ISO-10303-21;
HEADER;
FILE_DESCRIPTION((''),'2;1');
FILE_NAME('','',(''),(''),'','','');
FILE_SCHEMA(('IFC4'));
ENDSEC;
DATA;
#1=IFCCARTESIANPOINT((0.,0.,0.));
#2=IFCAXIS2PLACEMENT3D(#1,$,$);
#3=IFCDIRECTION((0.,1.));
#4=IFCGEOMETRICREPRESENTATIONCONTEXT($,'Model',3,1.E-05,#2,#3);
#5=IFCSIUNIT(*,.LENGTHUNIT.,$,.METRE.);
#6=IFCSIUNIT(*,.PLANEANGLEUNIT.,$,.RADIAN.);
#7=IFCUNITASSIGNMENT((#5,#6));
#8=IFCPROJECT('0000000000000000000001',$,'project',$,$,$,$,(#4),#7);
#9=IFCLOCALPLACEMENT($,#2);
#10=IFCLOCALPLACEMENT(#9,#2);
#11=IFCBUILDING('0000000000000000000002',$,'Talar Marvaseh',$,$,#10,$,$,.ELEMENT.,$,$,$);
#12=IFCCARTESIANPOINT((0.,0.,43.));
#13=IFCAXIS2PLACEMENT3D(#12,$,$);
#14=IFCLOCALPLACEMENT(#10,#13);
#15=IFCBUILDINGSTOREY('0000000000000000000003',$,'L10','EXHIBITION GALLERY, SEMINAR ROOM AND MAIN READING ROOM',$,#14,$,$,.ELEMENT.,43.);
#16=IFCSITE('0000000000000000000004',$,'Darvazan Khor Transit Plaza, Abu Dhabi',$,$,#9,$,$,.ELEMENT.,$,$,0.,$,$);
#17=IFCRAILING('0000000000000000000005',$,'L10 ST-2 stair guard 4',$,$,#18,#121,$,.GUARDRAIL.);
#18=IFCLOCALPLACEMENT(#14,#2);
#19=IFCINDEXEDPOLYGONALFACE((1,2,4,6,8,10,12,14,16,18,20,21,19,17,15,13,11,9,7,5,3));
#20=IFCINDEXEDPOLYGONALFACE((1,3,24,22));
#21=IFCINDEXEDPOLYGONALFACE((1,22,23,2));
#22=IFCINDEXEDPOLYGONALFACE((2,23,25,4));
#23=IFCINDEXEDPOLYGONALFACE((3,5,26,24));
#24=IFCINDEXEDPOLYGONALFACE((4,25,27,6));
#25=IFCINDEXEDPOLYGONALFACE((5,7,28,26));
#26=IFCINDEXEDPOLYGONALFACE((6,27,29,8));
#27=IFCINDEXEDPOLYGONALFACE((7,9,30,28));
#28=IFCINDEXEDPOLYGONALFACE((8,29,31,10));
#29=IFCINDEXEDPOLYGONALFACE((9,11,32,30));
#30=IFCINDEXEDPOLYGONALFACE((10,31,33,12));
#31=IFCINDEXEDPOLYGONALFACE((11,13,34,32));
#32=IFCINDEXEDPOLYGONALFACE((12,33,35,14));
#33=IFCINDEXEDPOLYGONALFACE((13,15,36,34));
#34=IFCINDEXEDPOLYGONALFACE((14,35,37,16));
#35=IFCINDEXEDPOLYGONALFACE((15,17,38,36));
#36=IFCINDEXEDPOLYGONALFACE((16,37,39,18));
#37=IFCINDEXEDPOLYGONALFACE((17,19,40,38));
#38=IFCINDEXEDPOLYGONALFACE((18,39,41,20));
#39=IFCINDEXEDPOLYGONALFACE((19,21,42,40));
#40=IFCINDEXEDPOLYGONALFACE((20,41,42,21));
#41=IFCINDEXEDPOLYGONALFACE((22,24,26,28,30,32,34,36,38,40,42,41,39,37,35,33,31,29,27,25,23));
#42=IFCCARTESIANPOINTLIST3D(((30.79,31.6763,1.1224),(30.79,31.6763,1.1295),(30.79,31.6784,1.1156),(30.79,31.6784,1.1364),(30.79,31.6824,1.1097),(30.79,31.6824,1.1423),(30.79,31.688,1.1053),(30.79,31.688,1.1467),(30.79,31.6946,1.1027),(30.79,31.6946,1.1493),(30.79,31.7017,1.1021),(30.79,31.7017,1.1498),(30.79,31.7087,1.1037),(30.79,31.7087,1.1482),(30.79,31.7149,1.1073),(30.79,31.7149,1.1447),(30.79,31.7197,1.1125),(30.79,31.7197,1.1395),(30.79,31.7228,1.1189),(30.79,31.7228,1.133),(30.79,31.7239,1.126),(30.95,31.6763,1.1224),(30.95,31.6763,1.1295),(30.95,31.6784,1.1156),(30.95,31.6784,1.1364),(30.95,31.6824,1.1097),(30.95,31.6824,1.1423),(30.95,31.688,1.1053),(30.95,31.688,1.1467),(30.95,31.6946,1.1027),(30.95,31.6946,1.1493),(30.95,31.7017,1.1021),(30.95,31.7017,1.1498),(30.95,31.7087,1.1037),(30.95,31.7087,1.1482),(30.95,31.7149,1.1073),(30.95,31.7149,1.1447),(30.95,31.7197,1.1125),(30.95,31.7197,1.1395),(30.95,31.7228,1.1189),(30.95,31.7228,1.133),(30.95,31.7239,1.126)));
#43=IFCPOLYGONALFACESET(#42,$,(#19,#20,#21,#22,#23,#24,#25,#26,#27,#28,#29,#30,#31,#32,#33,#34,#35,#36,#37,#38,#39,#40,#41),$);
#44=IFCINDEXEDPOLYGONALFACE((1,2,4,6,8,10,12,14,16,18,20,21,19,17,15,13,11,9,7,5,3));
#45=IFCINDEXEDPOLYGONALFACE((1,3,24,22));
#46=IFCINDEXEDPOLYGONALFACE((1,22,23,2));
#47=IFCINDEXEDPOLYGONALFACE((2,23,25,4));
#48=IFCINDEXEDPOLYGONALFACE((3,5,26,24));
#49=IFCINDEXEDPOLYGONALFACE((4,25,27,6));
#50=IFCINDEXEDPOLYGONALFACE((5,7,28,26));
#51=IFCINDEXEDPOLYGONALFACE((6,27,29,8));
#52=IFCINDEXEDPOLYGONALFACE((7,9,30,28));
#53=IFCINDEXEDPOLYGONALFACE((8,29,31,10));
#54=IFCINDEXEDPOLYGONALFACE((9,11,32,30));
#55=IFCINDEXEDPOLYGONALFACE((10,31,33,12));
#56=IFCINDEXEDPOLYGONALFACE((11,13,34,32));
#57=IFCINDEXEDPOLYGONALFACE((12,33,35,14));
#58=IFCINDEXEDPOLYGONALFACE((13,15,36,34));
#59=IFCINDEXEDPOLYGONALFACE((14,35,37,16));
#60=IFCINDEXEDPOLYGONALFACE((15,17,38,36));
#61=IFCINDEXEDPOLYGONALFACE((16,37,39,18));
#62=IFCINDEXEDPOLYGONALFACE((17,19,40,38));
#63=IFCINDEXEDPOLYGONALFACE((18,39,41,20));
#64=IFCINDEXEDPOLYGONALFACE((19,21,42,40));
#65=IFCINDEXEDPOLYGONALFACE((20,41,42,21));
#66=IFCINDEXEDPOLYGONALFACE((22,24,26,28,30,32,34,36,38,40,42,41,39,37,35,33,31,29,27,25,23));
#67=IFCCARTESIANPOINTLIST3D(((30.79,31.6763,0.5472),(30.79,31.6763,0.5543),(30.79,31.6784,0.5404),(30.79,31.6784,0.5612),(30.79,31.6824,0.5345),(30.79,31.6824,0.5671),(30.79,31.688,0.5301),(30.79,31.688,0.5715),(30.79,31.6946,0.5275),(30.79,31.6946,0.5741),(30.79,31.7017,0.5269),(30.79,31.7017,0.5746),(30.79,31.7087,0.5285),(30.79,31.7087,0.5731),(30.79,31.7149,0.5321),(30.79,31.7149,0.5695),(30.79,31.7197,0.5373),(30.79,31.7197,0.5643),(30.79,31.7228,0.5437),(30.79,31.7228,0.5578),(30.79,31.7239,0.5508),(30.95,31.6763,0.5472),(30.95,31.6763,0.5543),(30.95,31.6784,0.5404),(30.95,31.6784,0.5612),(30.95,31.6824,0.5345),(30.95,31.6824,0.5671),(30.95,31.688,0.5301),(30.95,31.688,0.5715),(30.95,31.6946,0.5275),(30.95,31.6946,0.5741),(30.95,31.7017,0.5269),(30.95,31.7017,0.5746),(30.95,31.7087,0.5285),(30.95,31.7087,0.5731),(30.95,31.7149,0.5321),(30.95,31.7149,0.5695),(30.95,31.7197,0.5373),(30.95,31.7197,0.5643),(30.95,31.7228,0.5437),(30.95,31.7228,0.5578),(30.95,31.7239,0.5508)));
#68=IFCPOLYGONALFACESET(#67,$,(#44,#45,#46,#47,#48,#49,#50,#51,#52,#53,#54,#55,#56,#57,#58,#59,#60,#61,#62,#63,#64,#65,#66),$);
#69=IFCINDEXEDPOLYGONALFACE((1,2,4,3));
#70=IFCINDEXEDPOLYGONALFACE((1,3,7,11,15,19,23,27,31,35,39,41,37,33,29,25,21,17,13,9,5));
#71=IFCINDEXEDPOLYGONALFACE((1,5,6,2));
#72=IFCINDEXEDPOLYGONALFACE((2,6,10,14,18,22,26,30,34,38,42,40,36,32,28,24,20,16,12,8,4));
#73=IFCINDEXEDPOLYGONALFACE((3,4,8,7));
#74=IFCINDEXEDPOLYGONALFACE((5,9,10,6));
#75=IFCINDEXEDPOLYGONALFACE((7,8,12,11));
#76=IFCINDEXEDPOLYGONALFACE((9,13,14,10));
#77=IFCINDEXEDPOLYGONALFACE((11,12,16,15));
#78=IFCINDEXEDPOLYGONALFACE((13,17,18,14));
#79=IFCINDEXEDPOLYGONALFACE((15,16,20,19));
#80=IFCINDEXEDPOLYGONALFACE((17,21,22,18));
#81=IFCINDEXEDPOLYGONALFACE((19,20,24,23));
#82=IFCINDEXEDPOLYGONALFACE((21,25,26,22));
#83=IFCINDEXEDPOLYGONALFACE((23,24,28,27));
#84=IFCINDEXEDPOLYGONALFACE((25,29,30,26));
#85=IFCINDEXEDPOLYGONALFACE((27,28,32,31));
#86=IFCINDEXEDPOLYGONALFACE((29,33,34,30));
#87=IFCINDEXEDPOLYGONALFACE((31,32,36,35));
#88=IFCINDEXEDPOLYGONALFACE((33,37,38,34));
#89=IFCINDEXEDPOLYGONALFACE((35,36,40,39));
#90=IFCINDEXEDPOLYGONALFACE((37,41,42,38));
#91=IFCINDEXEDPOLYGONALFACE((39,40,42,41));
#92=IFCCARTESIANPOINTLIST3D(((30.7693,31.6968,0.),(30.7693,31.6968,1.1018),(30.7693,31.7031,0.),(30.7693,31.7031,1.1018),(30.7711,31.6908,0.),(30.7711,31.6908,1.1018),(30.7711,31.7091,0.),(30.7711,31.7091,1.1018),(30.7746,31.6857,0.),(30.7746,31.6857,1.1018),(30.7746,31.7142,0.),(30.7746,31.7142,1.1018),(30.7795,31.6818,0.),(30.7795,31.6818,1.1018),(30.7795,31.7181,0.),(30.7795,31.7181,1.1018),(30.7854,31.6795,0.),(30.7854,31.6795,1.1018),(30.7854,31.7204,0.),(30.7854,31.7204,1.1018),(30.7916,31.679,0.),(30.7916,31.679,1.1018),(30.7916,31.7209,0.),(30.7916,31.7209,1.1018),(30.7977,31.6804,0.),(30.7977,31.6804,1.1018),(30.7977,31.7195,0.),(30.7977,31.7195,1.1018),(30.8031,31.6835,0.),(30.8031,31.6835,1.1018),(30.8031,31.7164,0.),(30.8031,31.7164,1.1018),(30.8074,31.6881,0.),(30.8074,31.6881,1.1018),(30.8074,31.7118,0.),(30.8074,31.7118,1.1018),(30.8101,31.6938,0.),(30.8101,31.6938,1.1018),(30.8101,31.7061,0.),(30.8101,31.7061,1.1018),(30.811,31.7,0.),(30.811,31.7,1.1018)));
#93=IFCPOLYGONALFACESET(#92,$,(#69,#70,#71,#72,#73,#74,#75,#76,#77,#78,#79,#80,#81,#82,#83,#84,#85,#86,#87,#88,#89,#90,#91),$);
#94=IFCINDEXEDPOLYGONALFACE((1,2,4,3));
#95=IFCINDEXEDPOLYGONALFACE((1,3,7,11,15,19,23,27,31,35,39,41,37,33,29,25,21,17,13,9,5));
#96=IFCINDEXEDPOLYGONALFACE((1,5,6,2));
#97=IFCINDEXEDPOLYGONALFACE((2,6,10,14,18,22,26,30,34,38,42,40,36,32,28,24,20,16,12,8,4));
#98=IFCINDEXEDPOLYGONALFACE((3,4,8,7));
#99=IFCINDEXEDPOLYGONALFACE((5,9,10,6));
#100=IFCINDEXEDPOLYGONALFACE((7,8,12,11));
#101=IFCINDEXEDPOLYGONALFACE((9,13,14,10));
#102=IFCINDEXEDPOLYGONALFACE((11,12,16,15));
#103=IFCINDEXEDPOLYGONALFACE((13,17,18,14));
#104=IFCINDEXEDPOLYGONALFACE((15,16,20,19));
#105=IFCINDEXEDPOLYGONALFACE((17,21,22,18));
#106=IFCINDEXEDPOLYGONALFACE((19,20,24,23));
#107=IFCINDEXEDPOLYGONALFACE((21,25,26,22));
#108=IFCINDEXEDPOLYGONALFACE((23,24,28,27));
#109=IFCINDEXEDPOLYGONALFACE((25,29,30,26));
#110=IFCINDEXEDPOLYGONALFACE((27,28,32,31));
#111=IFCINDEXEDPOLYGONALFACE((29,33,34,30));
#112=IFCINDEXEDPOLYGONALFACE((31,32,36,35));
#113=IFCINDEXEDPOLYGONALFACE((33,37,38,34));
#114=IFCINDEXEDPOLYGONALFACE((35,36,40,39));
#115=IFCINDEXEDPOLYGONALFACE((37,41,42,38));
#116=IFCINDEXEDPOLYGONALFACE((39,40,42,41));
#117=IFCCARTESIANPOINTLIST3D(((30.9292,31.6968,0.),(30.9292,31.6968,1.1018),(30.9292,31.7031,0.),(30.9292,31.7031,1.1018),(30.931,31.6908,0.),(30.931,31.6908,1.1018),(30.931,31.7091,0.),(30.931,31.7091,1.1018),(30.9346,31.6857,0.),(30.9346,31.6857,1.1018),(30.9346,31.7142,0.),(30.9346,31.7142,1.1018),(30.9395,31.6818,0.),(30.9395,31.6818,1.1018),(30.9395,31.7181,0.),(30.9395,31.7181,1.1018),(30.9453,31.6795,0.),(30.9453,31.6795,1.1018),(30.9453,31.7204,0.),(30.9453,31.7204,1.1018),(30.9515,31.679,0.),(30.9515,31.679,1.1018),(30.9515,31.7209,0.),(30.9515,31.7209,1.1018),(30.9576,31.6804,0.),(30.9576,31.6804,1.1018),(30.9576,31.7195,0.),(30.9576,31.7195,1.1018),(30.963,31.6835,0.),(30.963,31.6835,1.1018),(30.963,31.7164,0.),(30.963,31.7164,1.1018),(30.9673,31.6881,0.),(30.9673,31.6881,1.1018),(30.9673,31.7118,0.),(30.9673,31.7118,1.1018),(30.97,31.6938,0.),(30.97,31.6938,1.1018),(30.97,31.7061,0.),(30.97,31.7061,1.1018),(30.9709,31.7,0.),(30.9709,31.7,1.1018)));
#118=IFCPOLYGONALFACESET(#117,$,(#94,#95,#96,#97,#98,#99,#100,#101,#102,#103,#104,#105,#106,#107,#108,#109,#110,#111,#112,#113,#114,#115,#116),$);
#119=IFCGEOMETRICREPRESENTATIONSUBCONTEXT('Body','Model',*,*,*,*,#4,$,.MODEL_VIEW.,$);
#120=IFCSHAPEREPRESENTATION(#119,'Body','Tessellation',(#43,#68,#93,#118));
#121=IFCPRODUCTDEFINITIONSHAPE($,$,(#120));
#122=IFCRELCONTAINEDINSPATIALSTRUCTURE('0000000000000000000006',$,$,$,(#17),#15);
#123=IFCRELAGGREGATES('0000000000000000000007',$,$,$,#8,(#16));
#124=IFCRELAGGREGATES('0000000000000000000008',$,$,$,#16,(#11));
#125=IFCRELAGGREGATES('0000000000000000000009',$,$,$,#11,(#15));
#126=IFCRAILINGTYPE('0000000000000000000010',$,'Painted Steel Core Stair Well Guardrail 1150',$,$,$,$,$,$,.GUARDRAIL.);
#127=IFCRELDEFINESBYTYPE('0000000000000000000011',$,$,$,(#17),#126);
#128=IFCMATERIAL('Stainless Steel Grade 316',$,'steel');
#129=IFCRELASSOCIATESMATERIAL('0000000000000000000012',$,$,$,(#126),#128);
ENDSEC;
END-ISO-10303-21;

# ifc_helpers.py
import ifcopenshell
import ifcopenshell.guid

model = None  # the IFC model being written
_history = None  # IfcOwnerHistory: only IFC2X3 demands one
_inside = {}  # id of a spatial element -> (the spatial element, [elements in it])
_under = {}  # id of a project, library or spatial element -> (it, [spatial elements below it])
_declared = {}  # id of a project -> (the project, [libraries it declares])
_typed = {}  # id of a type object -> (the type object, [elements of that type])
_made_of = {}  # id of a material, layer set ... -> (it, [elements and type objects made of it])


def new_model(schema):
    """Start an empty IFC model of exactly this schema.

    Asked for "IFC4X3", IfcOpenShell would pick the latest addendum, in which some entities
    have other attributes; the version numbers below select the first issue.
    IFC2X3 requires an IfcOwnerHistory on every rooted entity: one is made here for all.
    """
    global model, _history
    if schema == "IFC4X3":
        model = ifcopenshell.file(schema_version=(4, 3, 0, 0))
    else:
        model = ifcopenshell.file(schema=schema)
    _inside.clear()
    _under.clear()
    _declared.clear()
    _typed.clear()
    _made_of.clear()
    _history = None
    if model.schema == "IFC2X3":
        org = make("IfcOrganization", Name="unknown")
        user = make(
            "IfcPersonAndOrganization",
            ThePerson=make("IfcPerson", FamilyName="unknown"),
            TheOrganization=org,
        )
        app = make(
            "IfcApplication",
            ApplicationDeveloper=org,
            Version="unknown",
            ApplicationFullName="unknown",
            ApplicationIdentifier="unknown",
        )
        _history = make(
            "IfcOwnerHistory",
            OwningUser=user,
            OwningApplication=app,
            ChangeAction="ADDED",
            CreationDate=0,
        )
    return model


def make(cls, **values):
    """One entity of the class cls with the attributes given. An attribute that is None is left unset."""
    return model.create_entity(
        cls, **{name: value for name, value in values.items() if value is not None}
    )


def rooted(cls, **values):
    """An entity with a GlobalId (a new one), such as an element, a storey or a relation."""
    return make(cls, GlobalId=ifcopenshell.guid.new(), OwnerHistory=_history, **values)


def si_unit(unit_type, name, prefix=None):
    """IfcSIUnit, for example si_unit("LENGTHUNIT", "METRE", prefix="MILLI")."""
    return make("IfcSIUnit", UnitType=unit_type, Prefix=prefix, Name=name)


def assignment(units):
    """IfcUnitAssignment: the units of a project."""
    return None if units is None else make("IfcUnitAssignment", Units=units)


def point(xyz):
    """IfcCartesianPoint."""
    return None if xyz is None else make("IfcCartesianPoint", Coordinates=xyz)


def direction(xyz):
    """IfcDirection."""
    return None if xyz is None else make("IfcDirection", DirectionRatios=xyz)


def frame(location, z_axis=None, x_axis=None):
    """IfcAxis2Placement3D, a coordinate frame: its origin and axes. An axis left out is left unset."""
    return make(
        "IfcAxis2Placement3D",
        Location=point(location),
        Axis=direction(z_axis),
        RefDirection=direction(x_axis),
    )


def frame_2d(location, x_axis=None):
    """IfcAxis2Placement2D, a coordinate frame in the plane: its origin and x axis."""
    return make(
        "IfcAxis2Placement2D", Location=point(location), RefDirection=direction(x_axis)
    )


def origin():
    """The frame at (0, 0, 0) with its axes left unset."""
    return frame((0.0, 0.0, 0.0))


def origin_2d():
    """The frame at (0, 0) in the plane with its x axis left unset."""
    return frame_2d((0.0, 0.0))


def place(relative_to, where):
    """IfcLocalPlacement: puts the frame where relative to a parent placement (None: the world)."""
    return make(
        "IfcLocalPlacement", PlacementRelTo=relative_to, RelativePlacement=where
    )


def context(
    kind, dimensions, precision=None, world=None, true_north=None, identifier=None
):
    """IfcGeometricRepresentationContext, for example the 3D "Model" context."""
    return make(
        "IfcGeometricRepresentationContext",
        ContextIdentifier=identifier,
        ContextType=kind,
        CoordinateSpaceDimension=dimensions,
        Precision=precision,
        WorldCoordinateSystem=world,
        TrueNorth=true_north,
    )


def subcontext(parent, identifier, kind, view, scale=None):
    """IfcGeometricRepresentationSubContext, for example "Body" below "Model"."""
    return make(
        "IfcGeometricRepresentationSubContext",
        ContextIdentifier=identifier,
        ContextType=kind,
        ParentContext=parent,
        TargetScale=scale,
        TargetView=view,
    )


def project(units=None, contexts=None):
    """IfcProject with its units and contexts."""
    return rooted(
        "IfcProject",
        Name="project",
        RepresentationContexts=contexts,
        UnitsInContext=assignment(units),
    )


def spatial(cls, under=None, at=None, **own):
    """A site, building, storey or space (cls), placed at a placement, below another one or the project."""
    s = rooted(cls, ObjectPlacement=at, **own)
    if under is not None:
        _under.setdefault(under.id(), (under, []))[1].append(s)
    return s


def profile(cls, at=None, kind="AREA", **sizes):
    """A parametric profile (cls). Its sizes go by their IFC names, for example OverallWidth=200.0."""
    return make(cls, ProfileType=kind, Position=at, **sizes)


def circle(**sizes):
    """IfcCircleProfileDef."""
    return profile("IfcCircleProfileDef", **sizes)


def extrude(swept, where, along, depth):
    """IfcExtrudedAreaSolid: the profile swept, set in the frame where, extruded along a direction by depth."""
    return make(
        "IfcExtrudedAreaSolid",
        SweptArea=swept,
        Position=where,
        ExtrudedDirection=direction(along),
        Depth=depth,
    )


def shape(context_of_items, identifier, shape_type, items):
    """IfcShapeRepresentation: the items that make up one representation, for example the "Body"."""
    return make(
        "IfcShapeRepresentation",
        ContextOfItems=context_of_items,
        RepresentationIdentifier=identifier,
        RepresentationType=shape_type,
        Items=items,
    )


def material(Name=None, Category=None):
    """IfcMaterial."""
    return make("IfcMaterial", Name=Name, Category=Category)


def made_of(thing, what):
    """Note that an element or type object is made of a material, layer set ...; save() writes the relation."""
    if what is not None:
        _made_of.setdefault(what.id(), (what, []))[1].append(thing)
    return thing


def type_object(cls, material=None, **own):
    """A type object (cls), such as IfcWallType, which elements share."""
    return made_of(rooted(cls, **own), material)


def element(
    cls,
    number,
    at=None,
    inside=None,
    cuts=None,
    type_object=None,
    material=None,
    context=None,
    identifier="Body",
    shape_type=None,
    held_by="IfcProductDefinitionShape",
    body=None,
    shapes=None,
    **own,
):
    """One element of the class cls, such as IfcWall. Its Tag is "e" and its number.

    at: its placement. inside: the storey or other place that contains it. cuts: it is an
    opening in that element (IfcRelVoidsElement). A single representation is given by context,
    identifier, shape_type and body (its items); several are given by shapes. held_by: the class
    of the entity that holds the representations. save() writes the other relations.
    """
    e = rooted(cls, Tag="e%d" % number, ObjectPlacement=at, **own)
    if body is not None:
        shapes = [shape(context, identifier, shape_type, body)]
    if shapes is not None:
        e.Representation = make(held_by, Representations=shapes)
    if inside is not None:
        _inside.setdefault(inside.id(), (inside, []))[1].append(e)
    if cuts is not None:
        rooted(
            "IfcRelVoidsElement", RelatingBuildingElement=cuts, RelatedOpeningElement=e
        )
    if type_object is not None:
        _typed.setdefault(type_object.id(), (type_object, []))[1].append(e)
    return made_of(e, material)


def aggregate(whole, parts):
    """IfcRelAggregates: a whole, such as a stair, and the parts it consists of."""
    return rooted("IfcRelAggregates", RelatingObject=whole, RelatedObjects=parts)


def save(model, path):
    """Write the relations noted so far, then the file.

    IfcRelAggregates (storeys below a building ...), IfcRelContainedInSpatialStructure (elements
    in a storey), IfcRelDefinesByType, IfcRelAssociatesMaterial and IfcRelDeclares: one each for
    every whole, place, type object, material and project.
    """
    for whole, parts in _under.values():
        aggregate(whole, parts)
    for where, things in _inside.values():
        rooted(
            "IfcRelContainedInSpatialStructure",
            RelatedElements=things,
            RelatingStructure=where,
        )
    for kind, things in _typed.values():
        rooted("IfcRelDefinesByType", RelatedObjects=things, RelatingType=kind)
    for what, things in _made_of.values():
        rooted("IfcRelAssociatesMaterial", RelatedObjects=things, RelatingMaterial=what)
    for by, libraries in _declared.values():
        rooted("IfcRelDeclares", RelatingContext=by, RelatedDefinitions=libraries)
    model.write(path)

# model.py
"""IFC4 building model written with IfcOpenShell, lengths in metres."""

from ifc_helpers import new_model, si_unit, direction, frame, origin, origin_2d, place, context, subcontext, project, spatial, circle, extrude, material, type_object, element, save


model = new_model("IFC4")

# Units and contexts
model_context = context("Model", 3, precision=1e-05, world=origin(), true_north=direction((0.0, 1.0)))
body_context = subcontext(model_context, "Body", "Model", "MODEL_VIEW")
ifc_project = project(units=[si_unit("LENGTHUNIT", "METRE"), si_unit("PLANEANGLEUNIT", "RADIAN")], contexts=[model_context])

# Site, building, storey
site_placement = place(None, origin())
site = spatial("IfcSite", under=ifc_project, at=site_placement, Name="Darvazan Khor Transit Plaza, Abu Dhabi", CompositionType="ELEMENT", RefElevation=0.0)
building_placement = place(site_placement, origin())
building = spatial("IfcBuilding", under=site, at=building_placement, Name="Talar Marvaseh", CompositionType="ELEMENT")
storey_placement = place(building_placement, frame((0.0, 0.0, 43.0)))
storey = spatial("IfcBuildingStorey", under=building, at=storey_placement, Name="L10", Description="EXHIBITION GALLERY, SEMINAR ROOM AND MAIN READING ROOM", CompositionType="ELEMENT", Elevation=43.0)

# Shared definitions
ifc_material_1 = material(Name="Stainless Steel Grade 316", Category="steel")

# Railing
railing_type = type_object("IfcRailingType", Name="Painted Steel Core Stair Well Guardrail 1150", PredefinedType="GUARDRAIL", material=ifc_material_1)
railing_placement = place(storey_placement, frame((30.79, 31.7, 0.0)))
element("IfcRailing", 1, at=railing_placement, inside=storey, type_object=railing_type, Name="L10 ST-2 stair guard 4", PredefinedType="GUARDRAIL", context=body_context, shape_type="SweptSolid", body=[
    extrude(circle(Radius=0.0239, at=origin_2d()), frame((0.0, 0.0, 1.126), z_axis=(1.0, 0.0, 0.0), x_axis=(0.0, 1.0, 0.0)), (0.0, 0.0, 1.0), 0.1599),
    extrude(circle(Radius=0.0239, at=origin_2d()), frame((0.0, 0.0, 0.5508), z_axis=(1.0, 0.0, 0.0), x_axis=(0.0, 1.0, 0.0)), (0.0, 0.0, 1.0), 0.1599),
    extrude(circle(Radius=0.021, at=origin_2d()), origin(), (0.0, 0.0, 1.0), 1.1018),
    extrude(circle(Radius=0.021, at=origin_2d()), frame((0.1599, 0.0, 0.0)), (0.0, 0.0, 1.0), 1.1018),
])

save(model, "model.ifc")
